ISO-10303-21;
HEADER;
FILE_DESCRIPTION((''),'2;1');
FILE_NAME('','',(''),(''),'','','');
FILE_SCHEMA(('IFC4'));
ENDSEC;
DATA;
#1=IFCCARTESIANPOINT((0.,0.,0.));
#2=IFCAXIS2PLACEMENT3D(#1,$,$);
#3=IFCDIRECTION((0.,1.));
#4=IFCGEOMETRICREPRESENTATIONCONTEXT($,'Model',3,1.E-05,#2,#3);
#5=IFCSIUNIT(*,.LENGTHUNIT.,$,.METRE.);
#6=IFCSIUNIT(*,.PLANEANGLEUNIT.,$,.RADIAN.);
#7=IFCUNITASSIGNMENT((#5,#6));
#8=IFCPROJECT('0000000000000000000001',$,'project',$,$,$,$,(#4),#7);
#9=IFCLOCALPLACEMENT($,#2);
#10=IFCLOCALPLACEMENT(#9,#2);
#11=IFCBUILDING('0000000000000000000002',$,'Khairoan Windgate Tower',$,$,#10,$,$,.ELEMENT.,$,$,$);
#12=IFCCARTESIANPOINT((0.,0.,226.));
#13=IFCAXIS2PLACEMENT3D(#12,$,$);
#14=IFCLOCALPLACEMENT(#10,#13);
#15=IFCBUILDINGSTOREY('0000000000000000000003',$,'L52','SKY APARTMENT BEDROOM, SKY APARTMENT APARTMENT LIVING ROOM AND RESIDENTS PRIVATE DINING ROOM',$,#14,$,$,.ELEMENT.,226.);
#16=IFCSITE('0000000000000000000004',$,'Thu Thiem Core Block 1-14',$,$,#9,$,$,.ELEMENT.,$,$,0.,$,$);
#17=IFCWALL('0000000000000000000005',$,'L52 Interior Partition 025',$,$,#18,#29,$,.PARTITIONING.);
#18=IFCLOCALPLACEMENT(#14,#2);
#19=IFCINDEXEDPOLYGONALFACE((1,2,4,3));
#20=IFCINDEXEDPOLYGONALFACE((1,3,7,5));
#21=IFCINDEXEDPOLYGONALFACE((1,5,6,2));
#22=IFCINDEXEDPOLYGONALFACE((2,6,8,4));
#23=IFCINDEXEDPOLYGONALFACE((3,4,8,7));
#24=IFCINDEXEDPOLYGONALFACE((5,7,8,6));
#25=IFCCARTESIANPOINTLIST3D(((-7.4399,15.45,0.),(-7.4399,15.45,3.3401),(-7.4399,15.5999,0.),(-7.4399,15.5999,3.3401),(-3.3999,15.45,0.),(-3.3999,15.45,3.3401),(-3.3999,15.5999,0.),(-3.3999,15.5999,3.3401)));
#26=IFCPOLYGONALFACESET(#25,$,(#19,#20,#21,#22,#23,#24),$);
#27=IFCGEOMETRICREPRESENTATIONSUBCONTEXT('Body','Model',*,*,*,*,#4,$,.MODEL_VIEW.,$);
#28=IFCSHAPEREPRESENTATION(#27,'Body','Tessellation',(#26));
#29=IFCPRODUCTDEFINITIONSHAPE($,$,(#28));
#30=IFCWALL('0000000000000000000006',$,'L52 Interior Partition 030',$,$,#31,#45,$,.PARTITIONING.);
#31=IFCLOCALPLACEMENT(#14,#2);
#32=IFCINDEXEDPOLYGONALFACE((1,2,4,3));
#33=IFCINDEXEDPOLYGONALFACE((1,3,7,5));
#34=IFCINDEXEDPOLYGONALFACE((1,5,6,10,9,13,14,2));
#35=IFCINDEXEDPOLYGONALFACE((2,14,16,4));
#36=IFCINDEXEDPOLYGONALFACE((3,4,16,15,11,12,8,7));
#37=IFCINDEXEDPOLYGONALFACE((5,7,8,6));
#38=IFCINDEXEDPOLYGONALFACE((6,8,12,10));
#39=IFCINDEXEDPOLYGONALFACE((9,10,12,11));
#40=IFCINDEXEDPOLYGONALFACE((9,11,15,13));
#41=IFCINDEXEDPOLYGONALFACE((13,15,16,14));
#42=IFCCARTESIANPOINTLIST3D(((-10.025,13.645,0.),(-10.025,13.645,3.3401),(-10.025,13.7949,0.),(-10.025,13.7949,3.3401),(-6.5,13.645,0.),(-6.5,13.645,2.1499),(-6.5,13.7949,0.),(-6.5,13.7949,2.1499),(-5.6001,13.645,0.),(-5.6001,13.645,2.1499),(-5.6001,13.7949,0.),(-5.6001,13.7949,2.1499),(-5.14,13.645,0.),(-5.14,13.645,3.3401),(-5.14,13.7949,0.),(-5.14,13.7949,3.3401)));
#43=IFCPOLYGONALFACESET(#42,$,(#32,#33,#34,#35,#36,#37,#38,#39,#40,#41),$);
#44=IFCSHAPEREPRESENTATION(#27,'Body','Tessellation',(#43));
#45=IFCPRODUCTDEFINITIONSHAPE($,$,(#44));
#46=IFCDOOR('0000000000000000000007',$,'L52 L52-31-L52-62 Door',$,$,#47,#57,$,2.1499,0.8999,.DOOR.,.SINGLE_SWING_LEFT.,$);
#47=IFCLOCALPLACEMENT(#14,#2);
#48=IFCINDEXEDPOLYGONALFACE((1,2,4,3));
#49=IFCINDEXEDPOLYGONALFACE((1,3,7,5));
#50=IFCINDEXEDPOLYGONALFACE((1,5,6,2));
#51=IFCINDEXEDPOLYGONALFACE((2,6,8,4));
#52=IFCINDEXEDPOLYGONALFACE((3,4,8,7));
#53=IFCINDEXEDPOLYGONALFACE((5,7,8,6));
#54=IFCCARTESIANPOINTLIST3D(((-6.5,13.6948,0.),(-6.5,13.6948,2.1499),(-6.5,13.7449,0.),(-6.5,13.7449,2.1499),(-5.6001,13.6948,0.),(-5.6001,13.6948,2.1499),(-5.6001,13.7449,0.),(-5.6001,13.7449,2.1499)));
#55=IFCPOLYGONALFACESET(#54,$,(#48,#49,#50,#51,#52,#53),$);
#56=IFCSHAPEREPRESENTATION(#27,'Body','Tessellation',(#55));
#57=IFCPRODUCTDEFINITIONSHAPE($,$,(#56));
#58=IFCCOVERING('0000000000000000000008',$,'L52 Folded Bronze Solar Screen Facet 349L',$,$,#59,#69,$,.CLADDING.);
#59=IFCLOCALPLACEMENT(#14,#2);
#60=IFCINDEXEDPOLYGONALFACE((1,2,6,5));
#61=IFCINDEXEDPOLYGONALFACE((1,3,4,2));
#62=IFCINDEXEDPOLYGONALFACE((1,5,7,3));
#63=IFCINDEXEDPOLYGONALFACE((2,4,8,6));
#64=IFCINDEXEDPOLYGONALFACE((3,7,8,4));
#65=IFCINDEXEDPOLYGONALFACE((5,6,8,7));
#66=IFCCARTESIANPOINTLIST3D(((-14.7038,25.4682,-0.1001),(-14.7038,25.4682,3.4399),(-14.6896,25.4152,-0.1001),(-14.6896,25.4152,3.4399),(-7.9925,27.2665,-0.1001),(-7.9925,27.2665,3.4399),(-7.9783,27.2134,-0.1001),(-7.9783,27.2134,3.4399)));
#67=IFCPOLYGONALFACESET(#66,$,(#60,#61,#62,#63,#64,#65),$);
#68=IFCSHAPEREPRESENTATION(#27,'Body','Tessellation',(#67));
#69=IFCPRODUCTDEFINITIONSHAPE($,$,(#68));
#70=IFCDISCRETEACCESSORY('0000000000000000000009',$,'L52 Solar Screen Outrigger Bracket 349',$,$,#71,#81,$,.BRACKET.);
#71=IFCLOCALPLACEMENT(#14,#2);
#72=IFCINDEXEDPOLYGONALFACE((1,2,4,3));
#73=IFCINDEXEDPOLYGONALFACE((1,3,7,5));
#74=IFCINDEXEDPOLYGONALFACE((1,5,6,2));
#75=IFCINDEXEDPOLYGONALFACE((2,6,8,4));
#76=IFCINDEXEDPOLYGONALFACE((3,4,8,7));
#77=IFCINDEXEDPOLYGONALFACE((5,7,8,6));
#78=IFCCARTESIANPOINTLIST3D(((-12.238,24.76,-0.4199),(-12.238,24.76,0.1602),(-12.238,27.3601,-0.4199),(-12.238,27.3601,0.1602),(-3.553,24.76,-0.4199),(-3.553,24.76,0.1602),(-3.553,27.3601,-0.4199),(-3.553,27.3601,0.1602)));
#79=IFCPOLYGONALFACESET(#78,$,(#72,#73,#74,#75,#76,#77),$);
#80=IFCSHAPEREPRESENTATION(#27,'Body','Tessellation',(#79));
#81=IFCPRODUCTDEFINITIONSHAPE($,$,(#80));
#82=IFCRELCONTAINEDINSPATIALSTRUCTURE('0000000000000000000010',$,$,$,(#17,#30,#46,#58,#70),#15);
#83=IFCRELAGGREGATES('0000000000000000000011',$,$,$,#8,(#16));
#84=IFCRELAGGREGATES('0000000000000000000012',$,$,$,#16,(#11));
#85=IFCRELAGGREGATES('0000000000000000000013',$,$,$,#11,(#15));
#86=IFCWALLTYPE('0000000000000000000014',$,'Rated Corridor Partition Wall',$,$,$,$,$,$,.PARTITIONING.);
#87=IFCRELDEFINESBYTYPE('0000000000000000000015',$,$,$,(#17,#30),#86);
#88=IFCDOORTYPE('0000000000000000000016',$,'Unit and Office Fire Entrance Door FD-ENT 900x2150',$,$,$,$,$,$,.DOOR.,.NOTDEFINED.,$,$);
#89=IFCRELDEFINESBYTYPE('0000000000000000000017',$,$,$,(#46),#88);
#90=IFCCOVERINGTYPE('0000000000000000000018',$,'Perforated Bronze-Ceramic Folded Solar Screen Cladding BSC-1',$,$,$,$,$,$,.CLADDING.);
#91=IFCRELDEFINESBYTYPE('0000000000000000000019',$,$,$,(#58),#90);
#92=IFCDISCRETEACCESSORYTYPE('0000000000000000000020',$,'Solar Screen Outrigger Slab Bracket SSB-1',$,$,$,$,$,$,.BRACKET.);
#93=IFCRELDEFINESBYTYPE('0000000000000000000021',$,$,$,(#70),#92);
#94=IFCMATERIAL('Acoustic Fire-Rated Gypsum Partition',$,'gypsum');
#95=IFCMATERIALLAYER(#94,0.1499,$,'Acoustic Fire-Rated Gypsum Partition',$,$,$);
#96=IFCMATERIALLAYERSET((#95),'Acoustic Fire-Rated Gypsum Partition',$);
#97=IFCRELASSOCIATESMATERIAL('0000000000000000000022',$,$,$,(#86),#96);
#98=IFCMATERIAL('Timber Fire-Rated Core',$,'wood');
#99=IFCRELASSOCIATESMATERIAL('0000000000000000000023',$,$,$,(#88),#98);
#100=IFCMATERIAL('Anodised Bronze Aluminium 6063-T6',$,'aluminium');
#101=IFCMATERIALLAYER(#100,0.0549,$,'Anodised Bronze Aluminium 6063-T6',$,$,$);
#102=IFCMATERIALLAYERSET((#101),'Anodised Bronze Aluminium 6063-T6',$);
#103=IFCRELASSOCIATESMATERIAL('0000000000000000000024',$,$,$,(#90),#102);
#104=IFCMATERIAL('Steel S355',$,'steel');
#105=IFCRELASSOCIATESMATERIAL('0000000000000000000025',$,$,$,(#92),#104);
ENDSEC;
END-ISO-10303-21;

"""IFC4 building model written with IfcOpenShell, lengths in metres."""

from ifc_helpers import new_model, si_unit, direction, frame, frame_2d, origin, origin_2d, place, context, subcontext, project, spatial, rectangle, extrude, material, layer, layer_set, type_object, element, fill, save


model = new_model("IFC4")

# Units and contexts
model_context = context("Model", 3, precision=1e-05, world=origin(), true_north=direction((0.0, 1.0)))
body_context = subcontext(model_context, "Body", "Model", "MODEL_VIEW")
ifc_project = project(units=[si_unit("LENGTHUNIT", "METRE"), si_unit("PLANEANGLEUNIT", "RADIAN")], contexts=[model_context])

# Site, building, storey
site_placement = place(None, origin())
site = spatial("IfcSite", under=ifc_project, at=site_placement, Name="Thu Thiem Core Block 1-14", CompositionType="ELEMENT", RefElevation=0.0)
building_placement = place(site_placement, origin())
building = spatial("IfcBuilding", under=site, at=building_placement, Name="Khairoan Windgate Tower", CompositionType="ELEMENT")
storey_placement = place(building_placement, frame((0.0, 0.0, 226.0)))
storey = spatial("IfcBuildingStorey", under=building, at=storey_placement, Name="L52", Description="SKY APARTMENT BEDROOM, SKY APARTMENT APARTMENT LIVING ROOM AND RESIDENTS PRIVATE DINING ROOM", CompositionType="ELEMENT", Elevation=226.0)

# Wall
ifc_material_1 = material(Name="Acoustic Fire-Rated Gypsum Partition", Category="gypsum")
ifc_layer_1 = layer(ifc_material_1, 0.1499, Name="Acoustic Fire-Rated Gypsum Partition")
ifc_layer_set_1 = layer_set([ifc_layer_1], Name="Acoustic Fire-Rated Gypsum Partition")
wall_type_1 = type_object("IfcWallType", Name="Rated Corridor Partition Wall", PredefinedType="PARTITIONING", material=ifc_layer_set_1)
wall_1_placement = place(storey_placement, frame((-7.4399, 15.5249, 0.0), z_axis=(0.0, 0.0, 1.0), x_axis=(1.0, 0.0, 0.0)))
element("IfcWall", 1, at=wall_1_placement, inside=storey, type_object=wall_type_1, Name="L52 Interior Partition 025", PredefinedType="PARTITIONING", context=body_context, shape_type="SweptSolid", body=[
    extrude(rectangle(XDim=4.04, YDim=0.1499, at=frame_2d((2.02, 0.0))), origin(), (0.0, 0.0, 1.0), 3.3401),
])

# Wall, opening, door
wall_2_placement = place(storey_placement, frame((-10.0249, 13.72, 0.0), z_axis=(0.0, 0.0, 1.0), x_axis=(1.0, 0.0, 0.0)))
wall_2 = element("IfcWall", 2, at=wall_2_placement, inside=storey, type_object=wall_type_1, Name="L52 Interior Partition 030", PredefinedType="PARTITIONING", context=body_context, shape_type="SweptSolid", body=[
    extrude(rectangle(XDim=4.885, YDim=0.1499, at=frame_2d((2.4424, 0.0))), origin(), (0.0, 0.0, 1.0), 3.3401),
])
opening_1_placement = place(wall_2_placement, frame((3.5249, 0.0, 0.0)))
opening_1 = element("IfcOpeningElement", 3, at=opening_1_placement, cuts=wall_2, PredefinedType="OPENING", context=body_context, shape_type="SweptSolid", body=[
    extrude(rectangle(XDim=0.8999, YDim=2.1499, at=frame_2d((0.45, 1.075))), frame((0.0, 0.085, 0.0), z_axis=(0.0, -1.0, 0.0), x_axis=(1.0, 0.0, 0.0)), (0.0, 0.0, 1.0), 0.1699),
])
ifc_material_2 = material(Name="Timber Fire-Rated Core", Category="wood")
door_type_1 = type_object("IfcDoorType", Name="Unit and Office Fire Entrance Door FD-ENT 900x2150", OperationType="NOTDEFINED", PredefinedType="DOOR", material=ifc_material_2)
door_1_placement = place(opening_1_placement, origin())
door_1 = element("IfcDoor", 4, at=door_1_placement, inside=storey, type_object=door_type_1, Name="L52 L52-31-L52-62 Door", OperationType="SINGLE_SWING_LEFT", OverallHeight=2.1499, OverallWidth=0.8999, PredefinedType="DOOR", context=body_context, shape_type="SweptSolid", body=[
    extrude(rectangle(XDim=0.8999, YDim=2.1499, at=frame_2d((0.45, 1.075))), frame((0.0, 0.0249, 0.0), z_axis=(0.0, -1.0, 0.0), x_axis=(1.0, 0.0, 0.0)), (0.0, 0.0, 1.0), 0.05),
])
fill(opening_1, door_1)

# Covering
ifc_material_3 = material(Name="Anodised Bronze Aluminium 6063-T6", Category="aluminium")
ifc_layer_2 = layer(ifc_material_3, 0.0549, Name="Anodised Bronze Aluminium 6063-T6")
ifc_layer_set_2 = layer_set([ifc_layer_2], Name="Anodised Bronze Aluminium 6063-T6")
covering_type = type_object("IfcCoveringType", Name="Perforated Bronze-Ceramic Folded Solar Screen Cladding BSC-1", PredefinedType="CLADDING", material=ifc_layer_set_2)
covering_placement = place(storey_placement, frame((-11.3411, 26.3408, -0.1001), z_axis=(0.0, 0.0, 1.0), x_axis=(0.965926, 0.258819, 0.0)))
element("IfcCovering", 5, at=covering_placement, inside=storey, type_object=covering_type, Name="L52 Folded Bronze Solar Screen Facet 349L", PredefinedType="CLADDING", context=body_context, shape_type="SweptSolid", body=[
    extrude(rectangle(XDim=6.948, YDim=0.0549, at=origin_2d()), origin(), (0.0, 0.0, 1.0), 3.54),
])

# Discrete accessory
ifc_material_4 = material(Name="Steel S355", Category="steel")
discrete_accessory_type = type_object("IfcDiscreteAccessoryType", Name="Solar Screen Outrigger Slab Bracket SSB-1", PredefinedType="BRACKET", material=ifc_material_4)
discrete_accessory_placement = place(storey_placement, frame((-7.8955, 26.0601, -0.4199), z_axis=(0.0, 0.0, 1.0), x_axis=(1.0, 0.0, 0.0)))
element("IfcDiscreteAccessory", 6, at=discrete_accessory_placement, inside=storey, type_object=discrete_accessory_type, Name="L52 Solar Screen Outrigger Bracket 349", PredefinedType="BRACKET", context=body_context, shape_type="SweptSolid", body=[
    extrude(rectangle(XDim=8.6851, YDim=2.6001, at=origin_2d()), origin(), (0.0, 0.0, 1.0), 0.5801),
])

save(model, "model.ifc")
